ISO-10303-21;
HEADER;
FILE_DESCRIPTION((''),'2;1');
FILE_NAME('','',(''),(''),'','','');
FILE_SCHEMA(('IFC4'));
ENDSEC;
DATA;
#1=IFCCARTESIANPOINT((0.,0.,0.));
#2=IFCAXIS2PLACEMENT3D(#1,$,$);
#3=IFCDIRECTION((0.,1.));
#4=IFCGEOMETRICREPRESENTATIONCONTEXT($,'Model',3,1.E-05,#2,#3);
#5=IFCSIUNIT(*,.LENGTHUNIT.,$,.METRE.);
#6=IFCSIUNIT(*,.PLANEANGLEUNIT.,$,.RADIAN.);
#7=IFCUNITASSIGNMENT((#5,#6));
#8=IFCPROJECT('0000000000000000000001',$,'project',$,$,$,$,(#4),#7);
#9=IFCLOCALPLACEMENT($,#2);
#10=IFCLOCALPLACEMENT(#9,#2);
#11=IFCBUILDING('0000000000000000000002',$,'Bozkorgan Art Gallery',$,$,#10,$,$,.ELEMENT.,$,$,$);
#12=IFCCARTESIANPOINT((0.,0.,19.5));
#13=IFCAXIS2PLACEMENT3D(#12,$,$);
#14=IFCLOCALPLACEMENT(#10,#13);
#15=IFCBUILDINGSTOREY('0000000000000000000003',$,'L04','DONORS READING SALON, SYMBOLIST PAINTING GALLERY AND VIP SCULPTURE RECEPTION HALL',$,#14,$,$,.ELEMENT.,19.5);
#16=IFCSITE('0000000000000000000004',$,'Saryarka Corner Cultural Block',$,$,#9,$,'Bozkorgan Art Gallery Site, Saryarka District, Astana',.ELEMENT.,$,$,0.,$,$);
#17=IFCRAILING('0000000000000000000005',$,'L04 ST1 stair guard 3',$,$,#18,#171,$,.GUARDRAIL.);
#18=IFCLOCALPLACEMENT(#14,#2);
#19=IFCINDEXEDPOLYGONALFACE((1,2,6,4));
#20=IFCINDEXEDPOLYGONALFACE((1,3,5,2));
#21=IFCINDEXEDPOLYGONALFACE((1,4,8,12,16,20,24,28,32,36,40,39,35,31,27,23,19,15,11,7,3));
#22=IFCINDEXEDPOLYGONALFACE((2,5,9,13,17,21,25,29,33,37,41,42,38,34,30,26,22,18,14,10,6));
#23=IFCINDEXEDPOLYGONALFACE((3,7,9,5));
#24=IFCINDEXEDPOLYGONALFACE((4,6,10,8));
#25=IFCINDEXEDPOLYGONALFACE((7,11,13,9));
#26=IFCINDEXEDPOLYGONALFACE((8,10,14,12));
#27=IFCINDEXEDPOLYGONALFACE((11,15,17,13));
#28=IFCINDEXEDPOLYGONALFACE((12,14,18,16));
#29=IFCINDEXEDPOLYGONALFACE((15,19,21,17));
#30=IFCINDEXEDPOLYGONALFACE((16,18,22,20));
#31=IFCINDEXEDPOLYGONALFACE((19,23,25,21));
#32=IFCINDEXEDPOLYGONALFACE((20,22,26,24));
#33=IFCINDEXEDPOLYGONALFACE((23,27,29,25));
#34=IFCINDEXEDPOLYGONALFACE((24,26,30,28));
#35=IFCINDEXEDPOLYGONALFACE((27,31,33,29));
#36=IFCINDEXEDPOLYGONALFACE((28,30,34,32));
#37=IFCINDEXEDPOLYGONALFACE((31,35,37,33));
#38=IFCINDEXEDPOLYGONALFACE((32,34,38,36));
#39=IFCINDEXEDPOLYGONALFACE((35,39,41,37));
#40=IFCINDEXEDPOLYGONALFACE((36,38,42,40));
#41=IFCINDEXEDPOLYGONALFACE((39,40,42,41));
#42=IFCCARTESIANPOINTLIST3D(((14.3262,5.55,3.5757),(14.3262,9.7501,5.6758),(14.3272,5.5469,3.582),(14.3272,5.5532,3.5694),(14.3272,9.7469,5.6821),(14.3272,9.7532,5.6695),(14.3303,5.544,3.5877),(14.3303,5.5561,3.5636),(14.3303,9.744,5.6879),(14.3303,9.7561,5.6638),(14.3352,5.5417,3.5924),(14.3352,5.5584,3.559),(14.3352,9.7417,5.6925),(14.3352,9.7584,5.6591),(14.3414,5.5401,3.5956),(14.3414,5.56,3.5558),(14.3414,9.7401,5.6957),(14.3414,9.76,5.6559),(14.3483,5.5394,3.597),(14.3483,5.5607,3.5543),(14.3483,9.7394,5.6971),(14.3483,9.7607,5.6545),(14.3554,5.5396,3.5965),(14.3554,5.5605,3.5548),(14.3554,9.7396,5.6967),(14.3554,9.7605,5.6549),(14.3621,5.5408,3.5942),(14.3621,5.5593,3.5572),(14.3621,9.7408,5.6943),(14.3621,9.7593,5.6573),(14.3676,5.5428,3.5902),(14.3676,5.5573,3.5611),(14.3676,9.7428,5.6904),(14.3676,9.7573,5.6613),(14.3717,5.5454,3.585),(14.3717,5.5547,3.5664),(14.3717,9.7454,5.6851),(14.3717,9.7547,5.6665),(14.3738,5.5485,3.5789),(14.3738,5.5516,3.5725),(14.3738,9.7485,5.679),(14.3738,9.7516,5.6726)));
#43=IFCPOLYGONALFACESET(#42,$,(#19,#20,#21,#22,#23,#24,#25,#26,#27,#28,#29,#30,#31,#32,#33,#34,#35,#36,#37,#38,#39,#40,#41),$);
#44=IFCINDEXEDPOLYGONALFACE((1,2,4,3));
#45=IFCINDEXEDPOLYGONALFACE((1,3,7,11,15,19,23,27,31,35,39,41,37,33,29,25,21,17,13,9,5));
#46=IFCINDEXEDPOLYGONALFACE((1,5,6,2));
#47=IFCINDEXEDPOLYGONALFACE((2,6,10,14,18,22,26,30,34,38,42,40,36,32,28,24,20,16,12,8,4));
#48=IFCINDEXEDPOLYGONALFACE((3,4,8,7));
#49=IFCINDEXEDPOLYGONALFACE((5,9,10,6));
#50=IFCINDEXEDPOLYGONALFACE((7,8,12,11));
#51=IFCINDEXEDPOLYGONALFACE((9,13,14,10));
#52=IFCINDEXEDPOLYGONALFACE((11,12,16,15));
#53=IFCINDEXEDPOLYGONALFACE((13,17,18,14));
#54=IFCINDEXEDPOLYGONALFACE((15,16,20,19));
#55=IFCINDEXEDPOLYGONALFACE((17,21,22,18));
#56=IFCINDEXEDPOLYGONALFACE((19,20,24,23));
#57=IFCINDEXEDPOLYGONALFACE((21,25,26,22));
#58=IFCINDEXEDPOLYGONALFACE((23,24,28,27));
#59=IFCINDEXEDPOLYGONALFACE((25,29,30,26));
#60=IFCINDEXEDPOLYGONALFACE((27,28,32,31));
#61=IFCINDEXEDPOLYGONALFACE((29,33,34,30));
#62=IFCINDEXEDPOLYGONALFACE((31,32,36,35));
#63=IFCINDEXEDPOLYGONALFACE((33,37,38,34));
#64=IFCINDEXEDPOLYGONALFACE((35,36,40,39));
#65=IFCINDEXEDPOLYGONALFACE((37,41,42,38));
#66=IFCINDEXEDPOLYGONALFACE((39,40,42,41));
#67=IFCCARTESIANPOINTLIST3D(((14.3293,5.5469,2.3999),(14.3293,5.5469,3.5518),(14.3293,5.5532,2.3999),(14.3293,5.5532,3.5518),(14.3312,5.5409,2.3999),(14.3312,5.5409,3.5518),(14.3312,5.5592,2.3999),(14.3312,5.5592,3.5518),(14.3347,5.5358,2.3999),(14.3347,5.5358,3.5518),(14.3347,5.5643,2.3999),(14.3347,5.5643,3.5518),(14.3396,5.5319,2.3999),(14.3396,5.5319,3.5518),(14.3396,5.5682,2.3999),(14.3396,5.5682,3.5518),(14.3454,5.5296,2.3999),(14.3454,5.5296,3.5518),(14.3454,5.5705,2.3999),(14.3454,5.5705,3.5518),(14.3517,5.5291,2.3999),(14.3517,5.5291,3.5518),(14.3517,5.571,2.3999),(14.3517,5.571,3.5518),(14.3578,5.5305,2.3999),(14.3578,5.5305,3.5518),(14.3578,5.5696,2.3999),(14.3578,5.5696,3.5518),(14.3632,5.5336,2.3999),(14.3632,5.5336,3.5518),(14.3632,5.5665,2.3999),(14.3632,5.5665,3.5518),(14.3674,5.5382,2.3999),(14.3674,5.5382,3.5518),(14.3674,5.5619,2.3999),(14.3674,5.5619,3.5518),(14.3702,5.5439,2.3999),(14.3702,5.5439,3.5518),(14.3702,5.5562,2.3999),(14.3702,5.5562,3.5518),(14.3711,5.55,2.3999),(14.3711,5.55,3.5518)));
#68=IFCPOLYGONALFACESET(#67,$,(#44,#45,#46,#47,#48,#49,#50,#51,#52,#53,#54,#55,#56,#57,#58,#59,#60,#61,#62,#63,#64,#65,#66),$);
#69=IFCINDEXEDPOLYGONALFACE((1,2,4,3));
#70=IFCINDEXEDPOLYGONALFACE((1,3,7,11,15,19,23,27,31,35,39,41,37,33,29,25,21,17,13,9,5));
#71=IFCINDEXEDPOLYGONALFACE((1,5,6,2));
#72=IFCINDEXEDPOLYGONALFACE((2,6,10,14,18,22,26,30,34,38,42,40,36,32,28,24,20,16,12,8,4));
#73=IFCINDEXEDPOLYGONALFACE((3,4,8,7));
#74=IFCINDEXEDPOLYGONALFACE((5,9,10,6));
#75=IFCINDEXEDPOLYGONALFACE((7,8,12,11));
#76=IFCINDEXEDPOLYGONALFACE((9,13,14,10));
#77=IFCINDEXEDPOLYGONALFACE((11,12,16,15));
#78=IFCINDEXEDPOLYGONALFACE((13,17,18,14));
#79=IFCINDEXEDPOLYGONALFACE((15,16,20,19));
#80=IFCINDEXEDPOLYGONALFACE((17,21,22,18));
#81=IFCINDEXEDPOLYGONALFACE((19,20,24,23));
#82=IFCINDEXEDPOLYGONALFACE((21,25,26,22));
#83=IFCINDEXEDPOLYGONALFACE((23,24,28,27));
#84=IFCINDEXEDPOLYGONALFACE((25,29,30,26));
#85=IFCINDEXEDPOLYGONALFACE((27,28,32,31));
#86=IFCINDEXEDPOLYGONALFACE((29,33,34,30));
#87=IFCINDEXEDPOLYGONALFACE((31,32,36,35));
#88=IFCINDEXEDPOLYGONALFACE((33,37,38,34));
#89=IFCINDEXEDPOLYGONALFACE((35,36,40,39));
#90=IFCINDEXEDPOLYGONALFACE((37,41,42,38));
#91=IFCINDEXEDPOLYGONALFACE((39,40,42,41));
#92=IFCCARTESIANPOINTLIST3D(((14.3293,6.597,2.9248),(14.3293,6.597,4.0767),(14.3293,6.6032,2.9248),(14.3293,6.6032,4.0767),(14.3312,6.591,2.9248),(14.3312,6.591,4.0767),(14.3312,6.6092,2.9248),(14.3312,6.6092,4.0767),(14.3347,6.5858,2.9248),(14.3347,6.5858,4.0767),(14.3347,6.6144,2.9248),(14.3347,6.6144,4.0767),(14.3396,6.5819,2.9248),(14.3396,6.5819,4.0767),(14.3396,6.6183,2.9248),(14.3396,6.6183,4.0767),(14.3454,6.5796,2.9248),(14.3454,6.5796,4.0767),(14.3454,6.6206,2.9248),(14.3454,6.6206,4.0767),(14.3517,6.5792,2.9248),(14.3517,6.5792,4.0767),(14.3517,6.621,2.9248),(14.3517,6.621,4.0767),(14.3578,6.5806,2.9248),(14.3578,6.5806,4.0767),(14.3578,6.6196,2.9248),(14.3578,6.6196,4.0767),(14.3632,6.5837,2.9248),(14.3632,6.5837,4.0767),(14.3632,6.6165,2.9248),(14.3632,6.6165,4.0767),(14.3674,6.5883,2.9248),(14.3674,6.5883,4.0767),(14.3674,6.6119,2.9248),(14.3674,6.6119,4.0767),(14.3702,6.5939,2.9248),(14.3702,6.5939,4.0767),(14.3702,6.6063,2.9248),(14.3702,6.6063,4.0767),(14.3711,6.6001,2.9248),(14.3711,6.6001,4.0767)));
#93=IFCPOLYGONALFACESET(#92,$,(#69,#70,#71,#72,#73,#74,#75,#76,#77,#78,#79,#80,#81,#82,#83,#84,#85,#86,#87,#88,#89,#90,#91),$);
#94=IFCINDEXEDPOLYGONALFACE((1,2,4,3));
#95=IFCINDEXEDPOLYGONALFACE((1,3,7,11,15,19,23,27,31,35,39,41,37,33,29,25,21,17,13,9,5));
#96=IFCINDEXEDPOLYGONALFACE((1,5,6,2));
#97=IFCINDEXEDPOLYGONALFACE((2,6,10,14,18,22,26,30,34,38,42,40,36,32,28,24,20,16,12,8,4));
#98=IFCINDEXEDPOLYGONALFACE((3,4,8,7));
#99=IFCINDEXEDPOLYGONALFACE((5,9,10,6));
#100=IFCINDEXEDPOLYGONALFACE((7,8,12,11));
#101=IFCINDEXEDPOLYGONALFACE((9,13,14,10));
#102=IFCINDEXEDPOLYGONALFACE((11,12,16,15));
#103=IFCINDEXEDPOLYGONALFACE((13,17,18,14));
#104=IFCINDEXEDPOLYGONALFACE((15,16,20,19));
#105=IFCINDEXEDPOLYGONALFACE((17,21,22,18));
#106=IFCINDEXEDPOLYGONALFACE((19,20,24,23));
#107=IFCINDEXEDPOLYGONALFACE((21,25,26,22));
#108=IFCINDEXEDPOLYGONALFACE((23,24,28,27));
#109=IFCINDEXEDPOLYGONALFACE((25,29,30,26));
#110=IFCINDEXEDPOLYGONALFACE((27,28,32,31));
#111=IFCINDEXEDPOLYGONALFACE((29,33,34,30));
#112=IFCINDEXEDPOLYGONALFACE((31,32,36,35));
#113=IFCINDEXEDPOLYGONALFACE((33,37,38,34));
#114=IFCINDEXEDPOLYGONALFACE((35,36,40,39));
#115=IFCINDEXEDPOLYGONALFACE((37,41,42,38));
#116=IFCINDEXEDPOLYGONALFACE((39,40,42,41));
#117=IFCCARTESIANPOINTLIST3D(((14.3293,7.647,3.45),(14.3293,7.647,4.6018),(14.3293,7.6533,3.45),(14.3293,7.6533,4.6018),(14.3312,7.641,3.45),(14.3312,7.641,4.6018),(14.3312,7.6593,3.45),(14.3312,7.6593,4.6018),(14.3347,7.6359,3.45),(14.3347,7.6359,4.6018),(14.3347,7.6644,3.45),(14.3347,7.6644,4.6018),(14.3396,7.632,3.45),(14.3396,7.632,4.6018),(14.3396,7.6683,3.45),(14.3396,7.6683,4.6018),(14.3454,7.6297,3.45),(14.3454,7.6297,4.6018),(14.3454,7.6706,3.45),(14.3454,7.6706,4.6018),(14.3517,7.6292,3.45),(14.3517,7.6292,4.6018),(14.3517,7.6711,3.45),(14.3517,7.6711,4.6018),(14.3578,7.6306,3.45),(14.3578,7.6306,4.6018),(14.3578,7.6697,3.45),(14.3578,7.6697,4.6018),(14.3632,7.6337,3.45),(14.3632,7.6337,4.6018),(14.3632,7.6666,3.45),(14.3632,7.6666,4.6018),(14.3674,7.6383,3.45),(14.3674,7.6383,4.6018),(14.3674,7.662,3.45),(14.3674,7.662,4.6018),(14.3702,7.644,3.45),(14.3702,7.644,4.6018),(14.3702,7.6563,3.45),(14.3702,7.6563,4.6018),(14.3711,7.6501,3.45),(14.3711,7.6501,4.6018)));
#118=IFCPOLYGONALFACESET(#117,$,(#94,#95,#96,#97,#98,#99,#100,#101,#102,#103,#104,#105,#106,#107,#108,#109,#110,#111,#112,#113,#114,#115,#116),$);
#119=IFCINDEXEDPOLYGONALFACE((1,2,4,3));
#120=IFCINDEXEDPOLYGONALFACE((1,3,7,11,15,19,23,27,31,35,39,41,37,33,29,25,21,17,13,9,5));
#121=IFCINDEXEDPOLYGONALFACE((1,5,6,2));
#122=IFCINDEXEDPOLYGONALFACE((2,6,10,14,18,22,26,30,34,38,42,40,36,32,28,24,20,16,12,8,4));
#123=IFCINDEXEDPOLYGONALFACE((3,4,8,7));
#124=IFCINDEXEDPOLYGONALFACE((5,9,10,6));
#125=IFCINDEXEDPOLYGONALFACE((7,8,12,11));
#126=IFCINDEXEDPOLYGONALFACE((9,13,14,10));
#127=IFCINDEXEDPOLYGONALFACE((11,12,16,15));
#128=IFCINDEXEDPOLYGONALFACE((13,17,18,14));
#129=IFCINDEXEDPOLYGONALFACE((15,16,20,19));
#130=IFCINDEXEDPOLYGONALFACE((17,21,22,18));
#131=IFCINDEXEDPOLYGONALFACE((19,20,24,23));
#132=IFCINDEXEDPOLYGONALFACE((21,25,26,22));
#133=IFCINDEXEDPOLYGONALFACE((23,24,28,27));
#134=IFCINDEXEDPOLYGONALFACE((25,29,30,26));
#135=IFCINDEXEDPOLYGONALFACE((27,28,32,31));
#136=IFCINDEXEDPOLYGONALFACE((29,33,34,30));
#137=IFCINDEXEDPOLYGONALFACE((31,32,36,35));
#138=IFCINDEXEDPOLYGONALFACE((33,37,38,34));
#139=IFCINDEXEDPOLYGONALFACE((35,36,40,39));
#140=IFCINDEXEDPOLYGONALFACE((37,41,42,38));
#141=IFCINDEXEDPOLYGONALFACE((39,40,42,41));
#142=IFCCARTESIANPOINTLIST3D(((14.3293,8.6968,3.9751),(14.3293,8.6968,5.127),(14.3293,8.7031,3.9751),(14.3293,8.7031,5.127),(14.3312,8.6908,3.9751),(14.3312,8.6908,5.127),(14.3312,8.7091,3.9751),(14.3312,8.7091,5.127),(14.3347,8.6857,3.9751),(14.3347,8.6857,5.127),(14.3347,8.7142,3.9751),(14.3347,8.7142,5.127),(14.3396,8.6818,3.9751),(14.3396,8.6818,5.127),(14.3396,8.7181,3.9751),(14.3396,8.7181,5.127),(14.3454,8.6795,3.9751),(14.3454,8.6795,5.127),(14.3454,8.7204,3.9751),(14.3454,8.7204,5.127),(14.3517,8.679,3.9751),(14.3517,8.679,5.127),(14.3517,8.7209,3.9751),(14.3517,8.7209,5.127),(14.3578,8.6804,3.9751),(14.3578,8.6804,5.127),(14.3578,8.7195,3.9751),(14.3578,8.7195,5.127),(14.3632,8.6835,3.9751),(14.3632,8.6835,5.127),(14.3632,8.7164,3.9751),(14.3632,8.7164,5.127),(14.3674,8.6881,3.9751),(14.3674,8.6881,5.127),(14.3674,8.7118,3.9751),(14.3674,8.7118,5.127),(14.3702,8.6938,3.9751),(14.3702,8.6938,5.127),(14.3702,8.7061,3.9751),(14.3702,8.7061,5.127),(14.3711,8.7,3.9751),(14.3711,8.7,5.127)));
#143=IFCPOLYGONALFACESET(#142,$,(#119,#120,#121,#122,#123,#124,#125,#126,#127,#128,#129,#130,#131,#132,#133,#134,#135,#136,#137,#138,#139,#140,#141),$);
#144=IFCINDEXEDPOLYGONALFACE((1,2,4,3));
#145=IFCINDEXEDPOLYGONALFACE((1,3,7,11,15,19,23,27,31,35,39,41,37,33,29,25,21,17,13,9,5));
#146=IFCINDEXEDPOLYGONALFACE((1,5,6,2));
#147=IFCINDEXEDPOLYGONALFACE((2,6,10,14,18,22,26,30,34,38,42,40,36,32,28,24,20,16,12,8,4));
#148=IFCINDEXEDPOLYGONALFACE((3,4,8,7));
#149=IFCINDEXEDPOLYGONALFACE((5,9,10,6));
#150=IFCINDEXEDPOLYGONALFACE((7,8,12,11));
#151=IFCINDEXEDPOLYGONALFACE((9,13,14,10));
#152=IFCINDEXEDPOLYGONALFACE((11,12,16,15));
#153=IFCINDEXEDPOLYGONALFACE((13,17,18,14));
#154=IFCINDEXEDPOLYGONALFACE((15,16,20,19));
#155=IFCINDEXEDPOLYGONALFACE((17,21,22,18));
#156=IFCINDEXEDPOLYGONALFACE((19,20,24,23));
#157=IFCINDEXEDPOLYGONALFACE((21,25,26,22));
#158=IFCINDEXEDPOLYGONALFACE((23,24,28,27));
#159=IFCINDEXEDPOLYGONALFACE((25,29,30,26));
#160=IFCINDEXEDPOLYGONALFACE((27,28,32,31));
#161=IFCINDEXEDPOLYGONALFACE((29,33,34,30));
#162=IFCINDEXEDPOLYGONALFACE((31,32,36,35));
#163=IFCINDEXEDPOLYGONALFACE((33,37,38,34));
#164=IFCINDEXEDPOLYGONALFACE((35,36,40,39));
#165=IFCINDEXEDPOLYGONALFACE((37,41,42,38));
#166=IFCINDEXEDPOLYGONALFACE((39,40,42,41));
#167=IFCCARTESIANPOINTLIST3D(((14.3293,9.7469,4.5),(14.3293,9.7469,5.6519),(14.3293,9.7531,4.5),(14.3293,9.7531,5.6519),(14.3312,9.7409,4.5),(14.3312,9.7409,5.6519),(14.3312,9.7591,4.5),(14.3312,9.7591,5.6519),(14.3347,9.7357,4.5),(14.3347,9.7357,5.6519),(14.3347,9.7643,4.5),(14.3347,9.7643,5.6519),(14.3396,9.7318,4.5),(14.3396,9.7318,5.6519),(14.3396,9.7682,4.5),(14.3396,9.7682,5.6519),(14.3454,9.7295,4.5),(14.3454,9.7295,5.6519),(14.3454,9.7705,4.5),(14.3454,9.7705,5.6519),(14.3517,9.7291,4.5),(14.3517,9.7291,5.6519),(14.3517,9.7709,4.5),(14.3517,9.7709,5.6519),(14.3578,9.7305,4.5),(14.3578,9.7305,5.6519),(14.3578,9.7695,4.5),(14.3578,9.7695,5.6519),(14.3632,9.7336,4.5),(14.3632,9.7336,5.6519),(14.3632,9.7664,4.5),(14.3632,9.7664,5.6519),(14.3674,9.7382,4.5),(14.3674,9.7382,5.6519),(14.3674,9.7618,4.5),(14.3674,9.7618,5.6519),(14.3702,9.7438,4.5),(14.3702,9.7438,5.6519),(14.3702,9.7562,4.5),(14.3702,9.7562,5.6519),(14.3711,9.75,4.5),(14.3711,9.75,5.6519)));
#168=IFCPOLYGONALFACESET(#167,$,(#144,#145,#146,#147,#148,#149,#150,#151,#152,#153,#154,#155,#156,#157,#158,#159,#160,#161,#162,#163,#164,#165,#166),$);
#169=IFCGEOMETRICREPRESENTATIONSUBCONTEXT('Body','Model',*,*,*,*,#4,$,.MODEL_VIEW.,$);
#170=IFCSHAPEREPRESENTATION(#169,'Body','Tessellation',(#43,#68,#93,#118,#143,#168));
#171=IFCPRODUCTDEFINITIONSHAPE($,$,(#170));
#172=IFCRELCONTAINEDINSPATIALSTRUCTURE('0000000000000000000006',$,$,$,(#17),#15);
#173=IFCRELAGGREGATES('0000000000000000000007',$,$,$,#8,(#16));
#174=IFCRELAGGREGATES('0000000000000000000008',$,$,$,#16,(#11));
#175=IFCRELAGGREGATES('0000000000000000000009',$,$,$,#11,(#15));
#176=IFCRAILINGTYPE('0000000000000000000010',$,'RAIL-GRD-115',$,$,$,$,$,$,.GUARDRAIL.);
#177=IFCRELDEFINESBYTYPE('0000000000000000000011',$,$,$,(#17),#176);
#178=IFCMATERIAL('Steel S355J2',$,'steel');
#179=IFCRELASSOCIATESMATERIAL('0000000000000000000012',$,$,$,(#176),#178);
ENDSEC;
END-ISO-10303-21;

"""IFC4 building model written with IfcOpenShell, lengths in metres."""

from ifc_helpers import new_model, si_unit, direction, frame, origin, origin_2d, place, context, subcontext, project, spatial, circle, extrude, material, type_object, element, save


model = new_model("IFC4")

# Units and contexts
model_context = context("Model", 3, precision=1e-05, world=origin(), true_north=direction((0.0, 1.0)))
body_context = subcontext(model_context, "Body", "Model", "MODEL_VIEW")
ifc_project = project(units=[si_unit("LENGTHUNIT", "METRE"), si_unit("PLANEANGLEUNIT", "RADIAN")], contexts=[model_context])

# Site, building, storey
site_placement = place(None, origin())
site = spatial("IfcSite", under=ifc_project, at=site_placement, Name="Saryarka Corner Cultural Block", LongName="Bozkorgan Art Gallery Site, Saryarka District, Astana", CompositionType="ELEMENT", RefElevation=0.0)
building_placement = place(site_placement, origin())
building = spatial("IfcBuilding", under=site, at=building_placement, Name="Bozkorgan Art Gallery", CompositionType="ELEMENT")
storey_placement = place(building_placement, frame((0.0, 0.0, 19.5)))
storey = spatial("IfcBuildingStorey", under=building, at=storey_placement, Name="L04", Description="DONORS READING SALON, SYMBOLIST PAINTING GALLERY AND VIP SCULPTURE RECEPTION HALL", CompositionType="ELEMENT", Elevation=19.5)

# Shared definitions
ifc_material_1 = material(Name="Steel S355J2", Category="steel")

# Railing
railing_type_1 = type_object("IfcRailingType", Name="RAIL-GRD-115", PredefinedType="GUARDRAIL", material=ifc_material_1)
railing_1_placement = place(storey_placement, frame((14.3501, 5.55, 2.3999)))
element("IfcRailing", 1, at=railing_1_placement, inside=storey, type_object=railing_type_1, Name="L04 ST1 stair guard 3", PredefinedType="GUARDRAIL", context=body_context, shape_type="SweptSolid", body=[
    extrude(circle(Radius=0.0239, at=origin_2d()), frame((0.0, 0.0, 1.1758), z_axis=(0.0, 0.894417, 0.447234), x_axis=(-1.0, 0.0, 0.0)), (0.0, 0.0, 1.0), 4.6958),
    extrude(circle(Radius=0.021, at=origin_2d()), origin(), (0.0, 0.0, 1.0), 1.1519),
    extrude(circle(Radius=0.021, at=origin_2d()), frame((0.0, 1.05, 0.5249)), (0.0, 0.0, 1.0), 1.1519),
    extrude(circle(Radius=0.021, at=origin_2d()), frame((0.0, 2.1001, 1.05)), (0.0, 0.0, 1.0), 1.1519),
    extrude(circle(Radius=0.021, at=origin_2d()), frame((0.0, 3.1499, 1.5752)), (0.0, 0.0, 1.0), 1.1519),
    extrude(circle(Radius=0.021, at=origin_2d()), frame((0.0, 4.2, 2.1001)), (0.0, 0.0, 1.0), 1.1519),
])

save(model, "model.ifc")
